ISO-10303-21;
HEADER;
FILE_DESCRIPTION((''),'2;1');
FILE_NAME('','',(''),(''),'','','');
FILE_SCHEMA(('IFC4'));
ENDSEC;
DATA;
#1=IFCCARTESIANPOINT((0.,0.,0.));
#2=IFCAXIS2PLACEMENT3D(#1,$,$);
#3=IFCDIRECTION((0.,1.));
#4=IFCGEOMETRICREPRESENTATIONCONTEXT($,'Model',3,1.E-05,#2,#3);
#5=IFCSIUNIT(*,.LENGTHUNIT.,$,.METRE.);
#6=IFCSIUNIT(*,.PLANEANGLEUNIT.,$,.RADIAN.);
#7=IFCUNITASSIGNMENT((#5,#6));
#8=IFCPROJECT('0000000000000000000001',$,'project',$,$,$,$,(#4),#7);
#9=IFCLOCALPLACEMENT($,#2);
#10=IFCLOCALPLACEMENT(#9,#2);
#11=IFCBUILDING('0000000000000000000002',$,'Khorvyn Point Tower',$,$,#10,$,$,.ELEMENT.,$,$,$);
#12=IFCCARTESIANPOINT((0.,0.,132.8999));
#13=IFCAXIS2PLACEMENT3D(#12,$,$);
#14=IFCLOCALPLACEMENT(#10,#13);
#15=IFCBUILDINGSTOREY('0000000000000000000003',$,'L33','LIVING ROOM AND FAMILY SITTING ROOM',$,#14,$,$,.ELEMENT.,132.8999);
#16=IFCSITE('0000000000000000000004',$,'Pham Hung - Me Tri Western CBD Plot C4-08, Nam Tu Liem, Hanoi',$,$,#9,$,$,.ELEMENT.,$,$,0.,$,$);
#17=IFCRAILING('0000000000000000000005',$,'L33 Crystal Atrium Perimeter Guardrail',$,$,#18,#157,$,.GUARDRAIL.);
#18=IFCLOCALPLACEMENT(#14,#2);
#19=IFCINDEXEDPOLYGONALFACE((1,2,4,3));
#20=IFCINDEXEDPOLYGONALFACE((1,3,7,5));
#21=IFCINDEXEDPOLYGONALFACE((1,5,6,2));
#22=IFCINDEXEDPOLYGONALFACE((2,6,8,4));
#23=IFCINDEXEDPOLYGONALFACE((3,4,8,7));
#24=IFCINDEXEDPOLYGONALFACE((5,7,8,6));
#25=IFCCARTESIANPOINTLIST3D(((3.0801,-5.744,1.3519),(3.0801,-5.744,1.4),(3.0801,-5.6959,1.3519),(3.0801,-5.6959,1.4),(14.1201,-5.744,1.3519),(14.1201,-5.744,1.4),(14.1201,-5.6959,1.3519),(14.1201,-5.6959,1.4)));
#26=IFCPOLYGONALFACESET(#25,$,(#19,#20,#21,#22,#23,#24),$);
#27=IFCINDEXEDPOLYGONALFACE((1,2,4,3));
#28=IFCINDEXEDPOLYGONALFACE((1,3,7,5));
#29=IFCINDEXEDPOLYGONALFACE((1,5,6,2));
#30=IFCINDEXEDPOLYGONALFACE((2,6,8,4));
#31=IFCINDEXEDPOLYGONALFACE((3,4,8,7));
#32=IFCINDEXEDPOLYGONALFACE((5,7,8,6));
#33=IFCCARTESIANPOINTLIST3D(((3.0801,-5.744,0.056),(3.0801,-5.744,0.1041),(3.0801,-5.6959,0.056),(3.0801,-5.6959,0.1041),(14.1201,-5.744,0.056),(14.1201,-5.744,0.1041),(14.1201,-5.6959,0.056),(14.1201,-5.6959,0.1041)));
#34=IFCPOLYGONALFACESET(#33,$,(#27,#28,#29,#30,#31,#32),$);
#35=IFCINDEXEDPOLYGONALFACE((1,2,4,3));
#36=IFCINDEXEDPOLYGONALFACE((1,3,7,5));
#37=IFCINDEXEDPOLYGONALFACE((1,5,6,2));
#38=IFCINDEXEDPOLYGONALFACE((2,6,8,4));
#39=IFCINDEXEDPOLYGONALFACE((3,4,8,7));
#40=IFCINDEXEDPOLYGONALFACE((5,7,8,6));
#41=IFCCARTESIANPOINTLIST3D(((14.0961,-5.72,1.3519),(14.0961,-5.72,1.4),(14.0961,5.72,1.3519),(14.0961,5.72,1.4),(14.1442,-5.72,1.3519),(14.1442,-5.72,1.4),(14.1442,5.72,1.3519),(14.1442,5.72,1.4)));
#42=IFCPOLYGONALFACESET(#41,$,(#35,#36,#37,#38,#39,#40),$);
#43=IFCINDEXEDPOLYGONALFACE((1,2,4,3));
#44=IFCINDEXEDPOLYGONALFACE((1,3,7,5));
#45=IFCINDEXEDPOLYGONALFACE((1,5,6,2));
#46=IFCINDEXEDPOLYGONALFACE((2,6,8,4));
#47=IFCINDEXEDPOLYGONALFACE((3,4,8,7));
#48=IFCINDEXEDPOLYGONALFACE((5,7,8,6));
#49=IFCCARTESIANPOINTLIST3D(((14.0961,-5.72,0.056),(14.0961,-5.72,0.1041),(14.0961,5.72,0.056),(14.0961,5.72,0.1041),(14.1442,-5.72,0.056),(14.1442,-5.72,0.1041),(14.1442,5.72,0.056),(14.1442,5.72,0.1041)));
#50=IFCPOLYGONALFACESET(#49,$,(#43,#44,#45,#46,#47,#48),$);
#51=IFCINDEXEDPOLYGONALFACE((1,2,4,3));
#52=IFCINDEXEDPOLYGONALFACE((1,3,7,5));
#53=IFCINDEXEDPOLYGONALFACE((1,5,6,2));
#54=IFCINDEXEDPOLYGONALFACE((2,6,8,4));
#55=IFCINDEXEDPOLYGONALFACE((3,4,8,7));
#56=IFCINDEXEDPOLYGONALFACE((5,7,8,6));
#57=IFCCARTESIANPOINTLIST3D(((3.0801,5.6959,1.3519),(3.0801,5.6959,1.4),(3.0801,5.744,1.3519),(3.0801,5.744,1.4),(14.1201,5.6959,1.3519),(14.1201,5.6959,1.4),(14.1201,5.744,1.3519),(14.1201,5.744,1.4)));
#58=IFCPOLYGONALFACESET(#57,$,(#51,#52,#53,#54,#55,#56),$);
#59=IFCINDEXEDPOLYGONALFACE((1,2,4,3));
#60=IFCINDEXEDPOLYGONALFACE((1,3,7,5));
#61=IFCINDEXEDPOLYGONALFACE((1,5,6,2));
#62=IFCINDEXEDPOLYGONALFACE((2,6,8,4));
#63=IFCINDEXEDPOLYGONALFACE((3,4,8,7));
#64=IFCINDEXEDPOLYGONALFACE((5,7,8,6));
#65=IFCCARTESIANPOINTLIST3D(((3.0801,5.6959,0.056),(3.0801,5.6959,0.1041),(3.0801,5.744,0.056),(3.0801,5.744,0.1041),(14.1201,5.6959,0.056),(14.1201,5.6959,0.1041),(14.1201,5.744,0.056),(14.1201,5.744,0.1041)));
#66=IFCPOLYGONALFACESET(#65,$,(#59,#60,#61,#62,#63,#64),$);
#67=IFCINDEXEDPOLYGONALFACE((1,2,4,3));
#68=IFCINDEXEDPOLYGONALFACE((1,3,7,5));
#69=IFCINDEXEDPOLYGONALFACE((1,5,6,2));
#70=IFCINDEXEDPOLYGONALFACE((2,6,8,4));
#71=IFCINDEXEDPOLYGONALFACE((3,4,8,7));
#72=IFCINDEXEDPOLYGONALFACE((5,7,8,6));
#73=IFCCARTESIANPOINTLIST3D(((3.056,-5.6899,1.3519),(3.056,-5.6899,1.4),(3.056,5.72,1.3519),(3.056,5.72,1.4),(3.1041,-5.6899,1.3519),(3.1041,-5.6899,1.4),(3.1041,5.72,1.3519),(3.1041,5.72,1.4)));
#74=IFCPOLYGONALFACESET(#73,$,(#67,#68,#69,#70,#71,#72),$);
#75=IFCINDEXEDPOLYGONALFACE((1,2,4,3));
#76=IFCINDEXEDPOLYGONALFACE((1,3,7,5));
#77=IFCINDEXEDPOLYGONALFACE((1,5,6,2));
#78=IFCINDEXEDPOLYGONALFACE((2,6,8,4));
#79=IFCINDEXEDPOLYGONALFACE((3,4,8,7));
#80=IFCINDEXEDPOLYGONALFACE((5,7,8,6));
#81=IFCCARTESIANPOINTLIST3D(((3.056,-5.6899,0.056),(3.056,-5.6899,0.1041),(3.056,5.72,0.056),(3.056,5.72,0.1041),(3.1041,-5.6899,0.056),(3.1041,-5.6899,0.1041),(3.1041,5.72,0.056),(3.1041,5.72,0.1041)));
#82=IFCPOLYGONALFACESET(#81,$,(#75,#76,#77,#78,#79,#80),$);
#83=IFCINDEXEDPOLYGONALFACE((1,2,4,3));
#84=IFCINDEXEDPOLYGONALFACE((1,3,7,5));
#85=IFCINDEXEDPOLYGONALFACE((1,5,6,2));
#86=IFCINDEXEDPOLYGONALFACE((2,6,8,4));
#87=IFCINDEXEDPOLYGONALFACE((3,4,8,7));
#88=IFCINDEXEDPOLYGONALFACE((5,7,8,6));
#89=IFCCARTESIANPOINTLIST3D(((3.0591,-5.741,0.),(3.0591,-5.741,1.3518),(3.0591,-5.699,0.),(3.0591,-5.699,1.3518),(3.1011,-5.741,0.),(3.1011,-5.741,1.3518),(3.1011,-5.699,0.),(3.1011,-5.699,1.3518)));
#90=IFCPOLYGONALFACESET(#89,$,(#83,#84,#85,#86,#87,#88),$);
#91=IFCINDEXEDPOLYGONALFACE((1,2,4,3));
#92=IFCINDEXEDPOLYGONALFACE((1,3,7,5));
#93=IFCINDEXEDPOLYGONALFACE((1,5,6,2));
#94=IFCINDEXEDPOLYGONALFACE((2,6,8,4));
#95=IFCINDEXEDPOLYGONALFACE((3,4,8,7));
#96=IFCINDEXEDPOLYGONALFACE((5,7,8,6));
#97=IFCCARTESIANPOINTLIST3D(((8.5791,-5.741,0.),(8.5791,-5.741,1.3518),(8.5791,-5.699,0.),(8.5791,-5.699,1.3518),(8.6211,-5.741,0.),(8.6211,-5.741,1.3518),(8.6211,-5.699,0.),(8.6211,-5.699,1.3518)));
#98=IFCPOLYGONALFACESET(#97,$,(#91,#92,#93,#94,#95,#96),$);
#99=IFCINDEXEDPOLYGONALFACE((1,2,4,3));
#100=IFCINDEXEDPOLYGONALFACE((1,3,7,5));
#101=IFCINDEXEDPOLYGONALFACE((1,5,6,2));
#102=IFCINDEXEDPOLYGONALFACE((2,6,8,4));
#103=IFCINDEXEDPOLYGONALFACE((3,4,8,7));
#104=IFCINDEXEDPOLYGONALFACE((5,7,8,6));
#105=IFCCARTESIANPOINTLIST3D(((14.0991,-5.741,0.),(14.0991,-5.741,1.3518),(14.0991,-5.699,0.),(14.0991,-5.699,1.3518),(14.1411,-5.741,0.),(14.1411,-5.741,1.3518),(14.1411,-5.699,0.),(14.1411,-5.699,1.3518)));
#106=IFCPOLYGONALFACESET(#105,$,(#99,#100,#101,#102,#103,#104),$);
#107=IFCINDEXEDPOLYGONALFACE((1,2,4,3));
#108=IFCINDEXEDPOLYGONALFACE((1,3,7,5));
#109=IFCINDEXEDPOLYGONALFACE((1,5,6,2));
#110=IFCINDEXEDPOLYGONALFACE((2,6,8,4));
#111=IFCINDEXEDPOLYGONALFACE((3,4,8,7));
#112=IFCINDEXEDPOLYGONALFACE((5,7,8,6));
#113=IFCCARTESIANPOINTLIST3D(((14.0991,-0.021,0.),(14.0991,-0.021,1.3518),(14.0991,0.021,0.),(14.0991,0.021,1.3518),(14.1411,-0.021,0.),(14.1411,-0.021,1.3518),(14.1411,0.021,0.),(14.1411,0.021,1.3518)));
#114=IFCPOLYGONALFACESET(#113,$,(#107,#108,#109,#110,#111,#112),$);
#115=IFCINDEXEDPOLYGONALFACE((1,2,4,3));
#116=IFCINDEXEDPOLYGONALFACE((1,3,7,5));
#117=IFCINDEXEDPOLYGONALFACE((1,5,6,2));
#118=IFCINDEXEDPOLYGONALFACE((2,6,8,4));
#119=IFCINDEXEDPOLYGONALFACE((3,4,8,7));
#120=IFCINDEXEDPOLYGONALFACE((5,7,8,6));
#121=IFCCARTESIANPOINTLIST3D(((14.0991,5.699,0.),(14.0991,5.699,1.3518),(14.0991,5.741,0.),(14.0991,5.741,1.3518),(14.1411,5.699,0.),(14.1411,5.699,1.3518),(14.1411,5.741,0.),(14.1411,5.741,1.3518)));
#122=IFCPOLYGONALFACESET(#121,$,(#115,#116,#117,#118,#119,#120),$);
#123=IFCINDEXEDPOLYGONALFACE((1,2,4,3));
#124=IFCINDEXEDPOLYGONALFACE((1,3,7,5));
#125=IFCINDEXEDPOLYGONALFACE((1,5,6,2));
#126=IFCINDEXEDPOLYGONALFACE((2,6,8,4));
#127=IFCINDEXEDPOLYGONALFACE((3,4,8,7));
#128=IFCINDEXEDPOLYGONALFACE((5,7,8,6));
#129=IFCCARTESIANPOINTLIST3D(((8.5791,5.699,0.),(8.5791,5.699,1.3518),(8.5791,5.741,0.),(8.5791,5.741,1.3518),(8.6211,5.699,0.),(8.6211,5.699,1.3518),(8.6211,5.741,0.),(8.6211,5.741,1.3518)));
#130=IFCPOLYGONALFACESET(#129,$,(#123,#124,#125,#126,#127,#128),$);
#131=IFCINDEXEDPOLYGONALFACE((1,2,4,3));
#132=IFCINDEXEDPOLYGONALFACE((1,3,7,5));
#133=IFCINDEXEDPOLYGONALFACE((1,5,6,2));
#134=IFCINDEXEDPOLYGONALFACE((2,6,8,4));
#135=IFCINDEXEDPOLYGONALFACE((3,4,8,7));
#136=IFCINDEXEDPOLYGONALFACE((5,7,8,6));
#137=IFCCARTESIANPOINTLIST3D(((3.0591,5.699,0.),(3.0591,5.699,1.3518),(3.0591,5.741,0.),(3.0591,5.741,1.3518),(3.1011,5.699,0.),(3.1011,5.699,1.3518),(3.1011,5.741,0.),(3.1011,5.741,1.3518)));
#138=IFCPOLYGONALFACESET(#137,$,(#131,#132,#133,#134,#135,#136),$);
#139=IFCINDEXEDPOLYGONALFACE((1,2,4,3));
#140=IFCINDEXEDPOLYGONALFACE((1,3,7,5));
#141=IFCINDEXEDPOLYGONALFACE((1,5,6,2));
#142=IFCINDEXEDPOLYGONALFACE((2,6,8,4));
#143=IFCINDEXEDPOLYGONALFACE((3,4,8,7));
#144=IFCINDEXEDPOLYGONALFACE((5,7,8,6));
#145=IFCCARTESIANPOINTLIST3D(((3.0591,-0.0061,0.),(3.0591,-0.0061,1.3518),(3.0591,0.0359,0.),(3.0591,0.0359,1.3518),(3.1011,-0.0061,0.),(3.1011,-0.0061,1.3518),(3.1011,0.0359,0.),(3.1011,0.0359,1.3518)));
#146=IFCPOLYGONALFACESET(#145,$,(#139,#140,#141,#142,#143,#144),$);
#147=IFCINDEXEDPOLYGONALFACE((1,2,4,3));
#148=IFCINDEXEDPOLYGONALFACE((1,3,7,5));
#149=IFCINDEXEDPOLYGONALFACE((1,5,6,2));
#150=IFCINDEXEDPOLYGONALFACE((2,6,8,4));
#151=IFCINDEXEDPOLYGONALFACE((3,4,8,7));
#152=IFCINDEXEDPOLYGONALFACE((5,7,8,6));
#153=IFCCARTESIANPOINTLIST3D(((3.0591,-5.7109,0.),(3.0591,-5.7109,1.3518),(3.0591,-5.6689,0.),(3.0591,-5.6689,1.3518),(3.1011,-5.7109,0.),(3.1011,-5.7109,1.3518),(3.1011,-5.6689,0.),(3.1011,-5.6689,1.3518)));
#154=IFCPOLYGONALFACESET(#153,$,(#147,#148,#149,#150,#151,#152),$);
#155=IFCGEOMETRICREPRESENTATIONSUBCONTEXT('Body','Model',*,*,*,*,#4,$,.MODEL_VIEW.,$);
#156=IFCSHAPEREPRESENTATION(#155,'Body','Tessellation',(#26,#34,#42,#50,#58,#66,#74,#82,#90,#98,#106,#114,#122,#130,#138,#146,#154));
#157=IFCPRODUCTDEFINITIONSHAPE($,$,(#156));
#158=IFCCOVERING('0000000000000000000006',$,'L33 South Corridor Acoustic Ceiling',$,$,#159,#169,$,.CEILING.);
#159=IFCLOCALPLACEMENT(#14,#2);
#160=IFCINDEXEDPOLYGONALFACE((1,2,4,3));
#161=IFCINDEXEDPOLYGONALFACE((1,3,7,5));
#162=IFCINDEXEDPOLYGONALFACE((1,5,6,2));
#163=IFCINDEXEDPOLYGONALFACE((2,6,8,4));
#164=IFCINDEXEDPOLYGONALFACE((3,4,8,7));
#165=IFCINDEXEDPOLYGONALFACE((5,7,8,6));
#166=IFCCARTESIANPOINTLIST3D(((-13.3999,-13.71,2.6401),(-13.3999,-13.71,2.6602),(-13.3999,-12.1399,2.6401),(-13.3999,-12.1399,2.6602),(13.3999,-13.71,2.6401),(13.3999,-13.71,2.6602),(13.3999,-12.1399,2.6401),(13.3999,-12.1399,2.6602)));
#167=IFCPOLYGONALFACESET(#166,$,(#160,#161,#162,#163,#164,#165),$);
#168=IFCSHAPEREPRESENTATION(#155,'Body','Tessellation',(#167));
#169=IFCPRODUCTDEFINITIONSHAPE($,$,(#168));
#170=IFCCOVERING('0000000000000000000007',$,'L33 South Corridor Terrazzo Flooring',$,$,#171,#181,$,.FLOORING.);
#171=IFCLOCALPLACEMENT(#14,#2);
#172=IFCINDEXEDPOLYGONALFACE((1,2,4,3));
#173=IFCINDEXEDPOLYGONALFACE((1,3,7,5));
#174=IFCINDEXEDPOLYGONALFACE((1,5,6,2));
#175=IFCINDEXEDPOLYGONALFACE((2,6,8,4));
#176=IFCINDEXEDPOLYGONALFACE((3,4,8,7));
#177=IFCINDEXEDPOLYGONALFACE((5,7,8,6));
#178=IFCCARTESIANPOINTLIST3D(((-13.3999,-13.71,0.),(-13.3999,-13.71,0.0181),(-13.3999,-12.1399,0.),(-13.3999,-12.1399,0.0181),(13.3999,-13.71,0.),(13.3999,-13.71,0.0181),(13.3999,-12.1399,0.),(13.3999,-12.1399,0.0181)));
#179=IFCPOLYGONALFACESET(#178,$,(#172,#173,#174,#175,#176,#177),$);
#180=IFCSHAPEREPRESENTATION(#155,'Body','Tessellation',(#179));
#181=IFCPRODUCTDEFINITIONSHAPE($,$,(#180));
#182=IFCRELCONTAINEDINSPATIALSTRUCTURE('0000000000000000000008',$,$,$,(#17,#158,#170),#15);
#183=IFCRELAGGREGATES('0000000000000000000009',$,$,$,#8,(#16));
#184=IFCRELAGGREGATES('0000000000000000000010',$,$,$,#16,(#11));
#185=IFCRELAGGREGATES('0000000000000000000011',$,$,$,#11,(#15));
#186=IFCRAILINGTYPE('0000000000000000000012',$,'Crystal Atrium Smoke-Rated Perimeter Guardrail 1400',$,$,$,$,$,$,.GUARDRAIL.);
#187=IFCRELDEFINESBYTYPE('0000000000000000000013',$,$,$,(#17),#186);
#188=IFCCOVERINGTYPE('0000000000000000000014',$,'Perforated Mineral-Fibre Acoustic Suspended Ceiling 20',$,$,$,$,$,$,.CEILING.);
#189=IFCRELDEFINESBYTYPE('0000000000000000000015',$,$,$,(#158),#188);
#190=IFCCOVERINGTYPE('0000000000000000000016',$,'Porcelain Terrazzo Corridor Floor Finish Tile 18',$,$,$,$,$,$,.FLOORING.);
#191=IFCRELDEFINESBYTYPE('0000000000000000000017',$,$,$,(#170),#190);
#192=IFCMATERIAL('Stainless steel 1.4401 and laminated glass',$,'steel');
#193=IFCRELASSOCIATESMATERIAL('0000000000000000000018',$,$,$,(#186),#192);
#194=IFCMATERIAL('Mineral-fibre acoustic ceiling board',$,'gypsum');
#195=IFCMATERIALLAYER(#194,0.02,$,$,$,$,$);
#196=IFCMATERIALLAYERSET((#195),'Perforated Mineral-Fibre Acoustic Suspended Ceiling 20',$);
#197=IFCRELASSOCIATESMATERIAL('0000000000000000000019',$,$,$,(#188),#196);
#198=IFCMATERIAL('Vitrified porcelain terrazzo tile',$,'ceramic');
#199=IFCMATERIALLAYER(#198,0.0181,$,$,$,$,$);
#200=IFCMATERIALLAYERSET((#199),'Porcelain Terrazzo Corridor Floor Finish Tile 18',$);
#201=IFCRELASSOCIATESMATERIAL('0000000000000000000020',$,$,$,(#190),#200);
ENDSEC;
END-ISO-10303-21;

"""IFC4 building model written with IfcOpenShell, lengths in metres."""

from ifc_helpers import new_model, si_unit, direction, frame, origin, origin_2d, place, context, subcontext, project, spatial, polyline, rectangle, outline, extrude, material, layer, layer_set, type_object, element, save


model = new_model("IFC4")

# Units and contexts
model_context = context("Model", 3, precision=1e-05, world=origin(), true_north=direction((0.0, 1.0)))
body_context = subcontext(model_context, "Body", "Model", "MODEL_VIEW")
ifc_project = project(units=[si_unit("LENGTHUNIT", "METRE"), si_unit("PLANEANGLEUNIT", "RADIAN")], contexts=[model_context])

# Site, building, storey
site_placement = place(None, origin())
site = spatial("IfcSite", under=ifc_project, at=site_placement, Name="Pham Hung - Me Tri Western CBD Plot C4-08, Nam Tu Liem, Hanoi", CompositionType="ELEMENT", RefElevation=0.0)
building_placement = place(site_placement, origin())
building = spatial("IfcBuilding", under=site, at=building_placement, Name="Khorvyn Point Tower", CompositionType="ELEMENT")
storey_placement = place(building_placement, frame((0.0, 0.0, 132.8999)))
storey = spatial("IfcBuildingStorey", under=building, at=storey_placement, Name="L33", Description="LIVING ROOM AND FAMILY SITTING ROOM", CompositionType="ELEMENT", Elevation=132.8999)

# Railing
ifc_material_1 = material(Name="Stainless steel 1.4401 and laminated glass", Category="steel")
railing_type_1 = type_object("IfcRailingType", Name="Crystal Atrium Smoke-Rated Perimeter Guardrail 1400", PredefinedType="GUARDRAIL", material=ifc_material_1)
railing_1_placement = place(storey_placement, frame((3.0801, -5.72, 0.0)))
element("IfcRailing", 1, at=railing_1_placement, inside=storey, type_object=railing_type_1, Name="L33 Crystal Atrium Perimeter Guardrail", PredefinedType="GUARDRAIL", context=body_context, shape_type="SweptSolid", body=[
    extrude(rectangle(XDim=0.0481, YDim=0.0481, at=origin_2d()), frame((0.0, 0.0, 1.376), z_axis=(1.0, 0.0, 0.0), x_axis=(0.0, 1.0, 0.0)), (0.0, 0.0, 1.0), 11.04),
    extrude(rectangle(XDim=0.0481, YDim=0.0481, at=origin_2d()), frame((0.0, 0.0, 0.0801), z_axis=(1.0, 0.0, 0.0), x_axis=(0.0, 1.0, 0.0)), (0.0, 0.0, 1.0), 11.04),
    extrude(rectangle(XDim=0.0481, YDim=0.0481, at=origin_2d()), frame((11.04, 0.0, 1.376), z_axis=(0.0, 1.0, 0.0), x_axis=(-1.0, 0.0, 0.0)), (0.0, 0.0, 1.0), 11.4399),
    extrude(rectangle(XDim=0.0481, YDim=0.0481, at=origin_2d()), frame((11.04, 0.0, 0.0801), z_axis=(0.0, 1.0, 0.0), x_axis=(-1.0, 0.0, 0.0)), (0.0, 0.0, 1.0), 11.4399),
    extrude(rectangle(XDim=0.0481, YDim=0.0481, at=origin_2d()), frame((11.04, 11.4399, 1.376), z_axis=(-1.0, 0.0, 0.0), x_axis=(0.0, -1.0, 0.0)), (0.0, 0.0, 1.0), 11.04),
    extrude(rectangle(XDim=0.0481, YDim=0.0481, at=origin_2d()), frame((11.04, 11.4399, 0.0801), z_axis=(-1.0, 0.0, 0.0), x_axis=(0.0, -1.0, 0.0)), (0.0, 0.0, 1.0), 11.04),
    extrude(rectangle(XDim=0.0481, YDim=0.0481, at=origin_2d()), frame((0.0, 11.4399, 1.376), z_axis=(0.0, -1.0, 0.0), x_axis=(1.0, 0.0, 0.0)), (0.0, 0.0, 1.0), 11.4099),
    extrude(rectangle(XDim=0.0481, YDim=0.0481, at=origin_2d()), frame((0.0, 11.4399, 0.0801), z_axis=(0.0, -1.0, 0.0), x_axis=(1.0, 0.0, 0.0)), (0.0, 0.0, 1.0), 11.4099),
    extrude(rectangle(XDim=0.042, YDim=0.042, at=origin_2d()), origin(), (0.0, 0.0, 1.0), 1.3518),
    extrude(rectangle(XDim=0.042, YDim=0.042, at=origin_2d()), frame((5.52, 0.0, 0.0)), (0.0, 0.0, 1.0), 1.3518),
    extrude(rectangle(XDim=0.042, YDim=0.042, at=origin_2d()), frame((11.04, 0.0, 0.0)), (0.0, 0.0, 1.0), 1.3518),
    extrude(rectangle(XDim=0.042, YDim=0.042, at=origin_2d()), frame((11.04, 5.72, 0.0)), (0.0, 0.0, 1.0), 1.3518),
    extrude(rectangle(XDim=0.042, YDim=0.042, at=origin_2d()), frame((11.04, 11.4399, 0.0)), (0.0, 0.0, 1.0), 1.3518),
    extrude(rectangle(XDim=0.042, YDim=0.042, at=origin_2d()), frame((5.52, 11.4399, 0.0)), (0.0, 0.0, 1.0), 1.3518),
    extrude(rectangle(XDim=0.042, YDim=0.042, at=origin_2d()), frame((0.0, 11.4399, 0.0)), (0.0, 0.0, 1.0), 1.3518),
    extrude(rectangle(XDim=0.042, YDim=0.042, at=origin_2d()), frame((0.0, 5.7349, 0.0)), (0.0, 0.0, 1.0), 1.3518),
    extrude(rectangle(XDim=0.042, YDim=0.042, at=origin_2d()), frame((0.0, 0.03, 0.0)), (0.0, 0.0, 1.0), 1.3518),
])

# Coverings
ifc_material_2 = material(Name="Mineral-fibre acoustic ceiling board", Category="gypsum")
ifc_layer_1 = layer(ifc_material_2, 0.02)
ifc_layer_set_1 = layer_set([ifc_layer_1], Name="Perforated Mineral-Fibre Acoustic Suspended Ceiling 20")
covering_type_1 = type_object("IfcCoveringType", Name="Perforated Mineral-Fibre Acoustic Suspended Ceiling 20", PredefinedType="CEILING", material=ifc_layer_set_1)
covering_1_placement = place(storey_placement, frame((0.0, 0.0, 2.6401)))
element("IfcCovering", 2, at=covering_1_placement, inside=storey, type_object=covering_type_1, Name="L33 South Corridor Acoustic Ceiling", PredefinedType="CEILING", context=body_context, shape_type="SweptSolid", body=[
    extrude(outline(polyline([(-13.3999, -13.71), (13.3999, -13.71), (13.3999, -12.1399), (-13.3999, -12.1399), (-13.3999, -13.71)])), origin(), (0.0, 0.0, 1.0), 0.02),
])
ifc_material_3 = material(Name="Vitrified porcelain terrazzo tile", Category="ceramic")
ifc_layer_2 = layer(ifc_material_3, 0.0181)
ifc_layer_set_2 = layer_set([ifc_layer_2], Name="Porcelain Terrazzo Corridor Floor Finish Tile 18")
covering_type_2 = type_object("IfcCoveringType", Name="Porcelain Terrazzo Corridor Floor Finish Tile 18", PredefinedType="FLOORING", material=ifc_layer_set_2)
covering_2_placement = place(storey_placement, origin())
element("IfcCovering", 3, at=covering_2_placement, inside=storey, type_object=covering_type_2, Name="L33 South Corridor Terrazzo Flooring", PredefinedType="FLOORING", context=body_context, shape_type="SweptSolid", body=[
    extrude(outline(polyline([(-13.3999, -13.71), (13.3999, -13.71), (13.3999, -12.1399), (-13.3999, -12.1399), (-13.3999, -13.71)])), origin(), (0.0, 0.0, 1.0), 0.0181),
])

save(model, "model.ifc")
